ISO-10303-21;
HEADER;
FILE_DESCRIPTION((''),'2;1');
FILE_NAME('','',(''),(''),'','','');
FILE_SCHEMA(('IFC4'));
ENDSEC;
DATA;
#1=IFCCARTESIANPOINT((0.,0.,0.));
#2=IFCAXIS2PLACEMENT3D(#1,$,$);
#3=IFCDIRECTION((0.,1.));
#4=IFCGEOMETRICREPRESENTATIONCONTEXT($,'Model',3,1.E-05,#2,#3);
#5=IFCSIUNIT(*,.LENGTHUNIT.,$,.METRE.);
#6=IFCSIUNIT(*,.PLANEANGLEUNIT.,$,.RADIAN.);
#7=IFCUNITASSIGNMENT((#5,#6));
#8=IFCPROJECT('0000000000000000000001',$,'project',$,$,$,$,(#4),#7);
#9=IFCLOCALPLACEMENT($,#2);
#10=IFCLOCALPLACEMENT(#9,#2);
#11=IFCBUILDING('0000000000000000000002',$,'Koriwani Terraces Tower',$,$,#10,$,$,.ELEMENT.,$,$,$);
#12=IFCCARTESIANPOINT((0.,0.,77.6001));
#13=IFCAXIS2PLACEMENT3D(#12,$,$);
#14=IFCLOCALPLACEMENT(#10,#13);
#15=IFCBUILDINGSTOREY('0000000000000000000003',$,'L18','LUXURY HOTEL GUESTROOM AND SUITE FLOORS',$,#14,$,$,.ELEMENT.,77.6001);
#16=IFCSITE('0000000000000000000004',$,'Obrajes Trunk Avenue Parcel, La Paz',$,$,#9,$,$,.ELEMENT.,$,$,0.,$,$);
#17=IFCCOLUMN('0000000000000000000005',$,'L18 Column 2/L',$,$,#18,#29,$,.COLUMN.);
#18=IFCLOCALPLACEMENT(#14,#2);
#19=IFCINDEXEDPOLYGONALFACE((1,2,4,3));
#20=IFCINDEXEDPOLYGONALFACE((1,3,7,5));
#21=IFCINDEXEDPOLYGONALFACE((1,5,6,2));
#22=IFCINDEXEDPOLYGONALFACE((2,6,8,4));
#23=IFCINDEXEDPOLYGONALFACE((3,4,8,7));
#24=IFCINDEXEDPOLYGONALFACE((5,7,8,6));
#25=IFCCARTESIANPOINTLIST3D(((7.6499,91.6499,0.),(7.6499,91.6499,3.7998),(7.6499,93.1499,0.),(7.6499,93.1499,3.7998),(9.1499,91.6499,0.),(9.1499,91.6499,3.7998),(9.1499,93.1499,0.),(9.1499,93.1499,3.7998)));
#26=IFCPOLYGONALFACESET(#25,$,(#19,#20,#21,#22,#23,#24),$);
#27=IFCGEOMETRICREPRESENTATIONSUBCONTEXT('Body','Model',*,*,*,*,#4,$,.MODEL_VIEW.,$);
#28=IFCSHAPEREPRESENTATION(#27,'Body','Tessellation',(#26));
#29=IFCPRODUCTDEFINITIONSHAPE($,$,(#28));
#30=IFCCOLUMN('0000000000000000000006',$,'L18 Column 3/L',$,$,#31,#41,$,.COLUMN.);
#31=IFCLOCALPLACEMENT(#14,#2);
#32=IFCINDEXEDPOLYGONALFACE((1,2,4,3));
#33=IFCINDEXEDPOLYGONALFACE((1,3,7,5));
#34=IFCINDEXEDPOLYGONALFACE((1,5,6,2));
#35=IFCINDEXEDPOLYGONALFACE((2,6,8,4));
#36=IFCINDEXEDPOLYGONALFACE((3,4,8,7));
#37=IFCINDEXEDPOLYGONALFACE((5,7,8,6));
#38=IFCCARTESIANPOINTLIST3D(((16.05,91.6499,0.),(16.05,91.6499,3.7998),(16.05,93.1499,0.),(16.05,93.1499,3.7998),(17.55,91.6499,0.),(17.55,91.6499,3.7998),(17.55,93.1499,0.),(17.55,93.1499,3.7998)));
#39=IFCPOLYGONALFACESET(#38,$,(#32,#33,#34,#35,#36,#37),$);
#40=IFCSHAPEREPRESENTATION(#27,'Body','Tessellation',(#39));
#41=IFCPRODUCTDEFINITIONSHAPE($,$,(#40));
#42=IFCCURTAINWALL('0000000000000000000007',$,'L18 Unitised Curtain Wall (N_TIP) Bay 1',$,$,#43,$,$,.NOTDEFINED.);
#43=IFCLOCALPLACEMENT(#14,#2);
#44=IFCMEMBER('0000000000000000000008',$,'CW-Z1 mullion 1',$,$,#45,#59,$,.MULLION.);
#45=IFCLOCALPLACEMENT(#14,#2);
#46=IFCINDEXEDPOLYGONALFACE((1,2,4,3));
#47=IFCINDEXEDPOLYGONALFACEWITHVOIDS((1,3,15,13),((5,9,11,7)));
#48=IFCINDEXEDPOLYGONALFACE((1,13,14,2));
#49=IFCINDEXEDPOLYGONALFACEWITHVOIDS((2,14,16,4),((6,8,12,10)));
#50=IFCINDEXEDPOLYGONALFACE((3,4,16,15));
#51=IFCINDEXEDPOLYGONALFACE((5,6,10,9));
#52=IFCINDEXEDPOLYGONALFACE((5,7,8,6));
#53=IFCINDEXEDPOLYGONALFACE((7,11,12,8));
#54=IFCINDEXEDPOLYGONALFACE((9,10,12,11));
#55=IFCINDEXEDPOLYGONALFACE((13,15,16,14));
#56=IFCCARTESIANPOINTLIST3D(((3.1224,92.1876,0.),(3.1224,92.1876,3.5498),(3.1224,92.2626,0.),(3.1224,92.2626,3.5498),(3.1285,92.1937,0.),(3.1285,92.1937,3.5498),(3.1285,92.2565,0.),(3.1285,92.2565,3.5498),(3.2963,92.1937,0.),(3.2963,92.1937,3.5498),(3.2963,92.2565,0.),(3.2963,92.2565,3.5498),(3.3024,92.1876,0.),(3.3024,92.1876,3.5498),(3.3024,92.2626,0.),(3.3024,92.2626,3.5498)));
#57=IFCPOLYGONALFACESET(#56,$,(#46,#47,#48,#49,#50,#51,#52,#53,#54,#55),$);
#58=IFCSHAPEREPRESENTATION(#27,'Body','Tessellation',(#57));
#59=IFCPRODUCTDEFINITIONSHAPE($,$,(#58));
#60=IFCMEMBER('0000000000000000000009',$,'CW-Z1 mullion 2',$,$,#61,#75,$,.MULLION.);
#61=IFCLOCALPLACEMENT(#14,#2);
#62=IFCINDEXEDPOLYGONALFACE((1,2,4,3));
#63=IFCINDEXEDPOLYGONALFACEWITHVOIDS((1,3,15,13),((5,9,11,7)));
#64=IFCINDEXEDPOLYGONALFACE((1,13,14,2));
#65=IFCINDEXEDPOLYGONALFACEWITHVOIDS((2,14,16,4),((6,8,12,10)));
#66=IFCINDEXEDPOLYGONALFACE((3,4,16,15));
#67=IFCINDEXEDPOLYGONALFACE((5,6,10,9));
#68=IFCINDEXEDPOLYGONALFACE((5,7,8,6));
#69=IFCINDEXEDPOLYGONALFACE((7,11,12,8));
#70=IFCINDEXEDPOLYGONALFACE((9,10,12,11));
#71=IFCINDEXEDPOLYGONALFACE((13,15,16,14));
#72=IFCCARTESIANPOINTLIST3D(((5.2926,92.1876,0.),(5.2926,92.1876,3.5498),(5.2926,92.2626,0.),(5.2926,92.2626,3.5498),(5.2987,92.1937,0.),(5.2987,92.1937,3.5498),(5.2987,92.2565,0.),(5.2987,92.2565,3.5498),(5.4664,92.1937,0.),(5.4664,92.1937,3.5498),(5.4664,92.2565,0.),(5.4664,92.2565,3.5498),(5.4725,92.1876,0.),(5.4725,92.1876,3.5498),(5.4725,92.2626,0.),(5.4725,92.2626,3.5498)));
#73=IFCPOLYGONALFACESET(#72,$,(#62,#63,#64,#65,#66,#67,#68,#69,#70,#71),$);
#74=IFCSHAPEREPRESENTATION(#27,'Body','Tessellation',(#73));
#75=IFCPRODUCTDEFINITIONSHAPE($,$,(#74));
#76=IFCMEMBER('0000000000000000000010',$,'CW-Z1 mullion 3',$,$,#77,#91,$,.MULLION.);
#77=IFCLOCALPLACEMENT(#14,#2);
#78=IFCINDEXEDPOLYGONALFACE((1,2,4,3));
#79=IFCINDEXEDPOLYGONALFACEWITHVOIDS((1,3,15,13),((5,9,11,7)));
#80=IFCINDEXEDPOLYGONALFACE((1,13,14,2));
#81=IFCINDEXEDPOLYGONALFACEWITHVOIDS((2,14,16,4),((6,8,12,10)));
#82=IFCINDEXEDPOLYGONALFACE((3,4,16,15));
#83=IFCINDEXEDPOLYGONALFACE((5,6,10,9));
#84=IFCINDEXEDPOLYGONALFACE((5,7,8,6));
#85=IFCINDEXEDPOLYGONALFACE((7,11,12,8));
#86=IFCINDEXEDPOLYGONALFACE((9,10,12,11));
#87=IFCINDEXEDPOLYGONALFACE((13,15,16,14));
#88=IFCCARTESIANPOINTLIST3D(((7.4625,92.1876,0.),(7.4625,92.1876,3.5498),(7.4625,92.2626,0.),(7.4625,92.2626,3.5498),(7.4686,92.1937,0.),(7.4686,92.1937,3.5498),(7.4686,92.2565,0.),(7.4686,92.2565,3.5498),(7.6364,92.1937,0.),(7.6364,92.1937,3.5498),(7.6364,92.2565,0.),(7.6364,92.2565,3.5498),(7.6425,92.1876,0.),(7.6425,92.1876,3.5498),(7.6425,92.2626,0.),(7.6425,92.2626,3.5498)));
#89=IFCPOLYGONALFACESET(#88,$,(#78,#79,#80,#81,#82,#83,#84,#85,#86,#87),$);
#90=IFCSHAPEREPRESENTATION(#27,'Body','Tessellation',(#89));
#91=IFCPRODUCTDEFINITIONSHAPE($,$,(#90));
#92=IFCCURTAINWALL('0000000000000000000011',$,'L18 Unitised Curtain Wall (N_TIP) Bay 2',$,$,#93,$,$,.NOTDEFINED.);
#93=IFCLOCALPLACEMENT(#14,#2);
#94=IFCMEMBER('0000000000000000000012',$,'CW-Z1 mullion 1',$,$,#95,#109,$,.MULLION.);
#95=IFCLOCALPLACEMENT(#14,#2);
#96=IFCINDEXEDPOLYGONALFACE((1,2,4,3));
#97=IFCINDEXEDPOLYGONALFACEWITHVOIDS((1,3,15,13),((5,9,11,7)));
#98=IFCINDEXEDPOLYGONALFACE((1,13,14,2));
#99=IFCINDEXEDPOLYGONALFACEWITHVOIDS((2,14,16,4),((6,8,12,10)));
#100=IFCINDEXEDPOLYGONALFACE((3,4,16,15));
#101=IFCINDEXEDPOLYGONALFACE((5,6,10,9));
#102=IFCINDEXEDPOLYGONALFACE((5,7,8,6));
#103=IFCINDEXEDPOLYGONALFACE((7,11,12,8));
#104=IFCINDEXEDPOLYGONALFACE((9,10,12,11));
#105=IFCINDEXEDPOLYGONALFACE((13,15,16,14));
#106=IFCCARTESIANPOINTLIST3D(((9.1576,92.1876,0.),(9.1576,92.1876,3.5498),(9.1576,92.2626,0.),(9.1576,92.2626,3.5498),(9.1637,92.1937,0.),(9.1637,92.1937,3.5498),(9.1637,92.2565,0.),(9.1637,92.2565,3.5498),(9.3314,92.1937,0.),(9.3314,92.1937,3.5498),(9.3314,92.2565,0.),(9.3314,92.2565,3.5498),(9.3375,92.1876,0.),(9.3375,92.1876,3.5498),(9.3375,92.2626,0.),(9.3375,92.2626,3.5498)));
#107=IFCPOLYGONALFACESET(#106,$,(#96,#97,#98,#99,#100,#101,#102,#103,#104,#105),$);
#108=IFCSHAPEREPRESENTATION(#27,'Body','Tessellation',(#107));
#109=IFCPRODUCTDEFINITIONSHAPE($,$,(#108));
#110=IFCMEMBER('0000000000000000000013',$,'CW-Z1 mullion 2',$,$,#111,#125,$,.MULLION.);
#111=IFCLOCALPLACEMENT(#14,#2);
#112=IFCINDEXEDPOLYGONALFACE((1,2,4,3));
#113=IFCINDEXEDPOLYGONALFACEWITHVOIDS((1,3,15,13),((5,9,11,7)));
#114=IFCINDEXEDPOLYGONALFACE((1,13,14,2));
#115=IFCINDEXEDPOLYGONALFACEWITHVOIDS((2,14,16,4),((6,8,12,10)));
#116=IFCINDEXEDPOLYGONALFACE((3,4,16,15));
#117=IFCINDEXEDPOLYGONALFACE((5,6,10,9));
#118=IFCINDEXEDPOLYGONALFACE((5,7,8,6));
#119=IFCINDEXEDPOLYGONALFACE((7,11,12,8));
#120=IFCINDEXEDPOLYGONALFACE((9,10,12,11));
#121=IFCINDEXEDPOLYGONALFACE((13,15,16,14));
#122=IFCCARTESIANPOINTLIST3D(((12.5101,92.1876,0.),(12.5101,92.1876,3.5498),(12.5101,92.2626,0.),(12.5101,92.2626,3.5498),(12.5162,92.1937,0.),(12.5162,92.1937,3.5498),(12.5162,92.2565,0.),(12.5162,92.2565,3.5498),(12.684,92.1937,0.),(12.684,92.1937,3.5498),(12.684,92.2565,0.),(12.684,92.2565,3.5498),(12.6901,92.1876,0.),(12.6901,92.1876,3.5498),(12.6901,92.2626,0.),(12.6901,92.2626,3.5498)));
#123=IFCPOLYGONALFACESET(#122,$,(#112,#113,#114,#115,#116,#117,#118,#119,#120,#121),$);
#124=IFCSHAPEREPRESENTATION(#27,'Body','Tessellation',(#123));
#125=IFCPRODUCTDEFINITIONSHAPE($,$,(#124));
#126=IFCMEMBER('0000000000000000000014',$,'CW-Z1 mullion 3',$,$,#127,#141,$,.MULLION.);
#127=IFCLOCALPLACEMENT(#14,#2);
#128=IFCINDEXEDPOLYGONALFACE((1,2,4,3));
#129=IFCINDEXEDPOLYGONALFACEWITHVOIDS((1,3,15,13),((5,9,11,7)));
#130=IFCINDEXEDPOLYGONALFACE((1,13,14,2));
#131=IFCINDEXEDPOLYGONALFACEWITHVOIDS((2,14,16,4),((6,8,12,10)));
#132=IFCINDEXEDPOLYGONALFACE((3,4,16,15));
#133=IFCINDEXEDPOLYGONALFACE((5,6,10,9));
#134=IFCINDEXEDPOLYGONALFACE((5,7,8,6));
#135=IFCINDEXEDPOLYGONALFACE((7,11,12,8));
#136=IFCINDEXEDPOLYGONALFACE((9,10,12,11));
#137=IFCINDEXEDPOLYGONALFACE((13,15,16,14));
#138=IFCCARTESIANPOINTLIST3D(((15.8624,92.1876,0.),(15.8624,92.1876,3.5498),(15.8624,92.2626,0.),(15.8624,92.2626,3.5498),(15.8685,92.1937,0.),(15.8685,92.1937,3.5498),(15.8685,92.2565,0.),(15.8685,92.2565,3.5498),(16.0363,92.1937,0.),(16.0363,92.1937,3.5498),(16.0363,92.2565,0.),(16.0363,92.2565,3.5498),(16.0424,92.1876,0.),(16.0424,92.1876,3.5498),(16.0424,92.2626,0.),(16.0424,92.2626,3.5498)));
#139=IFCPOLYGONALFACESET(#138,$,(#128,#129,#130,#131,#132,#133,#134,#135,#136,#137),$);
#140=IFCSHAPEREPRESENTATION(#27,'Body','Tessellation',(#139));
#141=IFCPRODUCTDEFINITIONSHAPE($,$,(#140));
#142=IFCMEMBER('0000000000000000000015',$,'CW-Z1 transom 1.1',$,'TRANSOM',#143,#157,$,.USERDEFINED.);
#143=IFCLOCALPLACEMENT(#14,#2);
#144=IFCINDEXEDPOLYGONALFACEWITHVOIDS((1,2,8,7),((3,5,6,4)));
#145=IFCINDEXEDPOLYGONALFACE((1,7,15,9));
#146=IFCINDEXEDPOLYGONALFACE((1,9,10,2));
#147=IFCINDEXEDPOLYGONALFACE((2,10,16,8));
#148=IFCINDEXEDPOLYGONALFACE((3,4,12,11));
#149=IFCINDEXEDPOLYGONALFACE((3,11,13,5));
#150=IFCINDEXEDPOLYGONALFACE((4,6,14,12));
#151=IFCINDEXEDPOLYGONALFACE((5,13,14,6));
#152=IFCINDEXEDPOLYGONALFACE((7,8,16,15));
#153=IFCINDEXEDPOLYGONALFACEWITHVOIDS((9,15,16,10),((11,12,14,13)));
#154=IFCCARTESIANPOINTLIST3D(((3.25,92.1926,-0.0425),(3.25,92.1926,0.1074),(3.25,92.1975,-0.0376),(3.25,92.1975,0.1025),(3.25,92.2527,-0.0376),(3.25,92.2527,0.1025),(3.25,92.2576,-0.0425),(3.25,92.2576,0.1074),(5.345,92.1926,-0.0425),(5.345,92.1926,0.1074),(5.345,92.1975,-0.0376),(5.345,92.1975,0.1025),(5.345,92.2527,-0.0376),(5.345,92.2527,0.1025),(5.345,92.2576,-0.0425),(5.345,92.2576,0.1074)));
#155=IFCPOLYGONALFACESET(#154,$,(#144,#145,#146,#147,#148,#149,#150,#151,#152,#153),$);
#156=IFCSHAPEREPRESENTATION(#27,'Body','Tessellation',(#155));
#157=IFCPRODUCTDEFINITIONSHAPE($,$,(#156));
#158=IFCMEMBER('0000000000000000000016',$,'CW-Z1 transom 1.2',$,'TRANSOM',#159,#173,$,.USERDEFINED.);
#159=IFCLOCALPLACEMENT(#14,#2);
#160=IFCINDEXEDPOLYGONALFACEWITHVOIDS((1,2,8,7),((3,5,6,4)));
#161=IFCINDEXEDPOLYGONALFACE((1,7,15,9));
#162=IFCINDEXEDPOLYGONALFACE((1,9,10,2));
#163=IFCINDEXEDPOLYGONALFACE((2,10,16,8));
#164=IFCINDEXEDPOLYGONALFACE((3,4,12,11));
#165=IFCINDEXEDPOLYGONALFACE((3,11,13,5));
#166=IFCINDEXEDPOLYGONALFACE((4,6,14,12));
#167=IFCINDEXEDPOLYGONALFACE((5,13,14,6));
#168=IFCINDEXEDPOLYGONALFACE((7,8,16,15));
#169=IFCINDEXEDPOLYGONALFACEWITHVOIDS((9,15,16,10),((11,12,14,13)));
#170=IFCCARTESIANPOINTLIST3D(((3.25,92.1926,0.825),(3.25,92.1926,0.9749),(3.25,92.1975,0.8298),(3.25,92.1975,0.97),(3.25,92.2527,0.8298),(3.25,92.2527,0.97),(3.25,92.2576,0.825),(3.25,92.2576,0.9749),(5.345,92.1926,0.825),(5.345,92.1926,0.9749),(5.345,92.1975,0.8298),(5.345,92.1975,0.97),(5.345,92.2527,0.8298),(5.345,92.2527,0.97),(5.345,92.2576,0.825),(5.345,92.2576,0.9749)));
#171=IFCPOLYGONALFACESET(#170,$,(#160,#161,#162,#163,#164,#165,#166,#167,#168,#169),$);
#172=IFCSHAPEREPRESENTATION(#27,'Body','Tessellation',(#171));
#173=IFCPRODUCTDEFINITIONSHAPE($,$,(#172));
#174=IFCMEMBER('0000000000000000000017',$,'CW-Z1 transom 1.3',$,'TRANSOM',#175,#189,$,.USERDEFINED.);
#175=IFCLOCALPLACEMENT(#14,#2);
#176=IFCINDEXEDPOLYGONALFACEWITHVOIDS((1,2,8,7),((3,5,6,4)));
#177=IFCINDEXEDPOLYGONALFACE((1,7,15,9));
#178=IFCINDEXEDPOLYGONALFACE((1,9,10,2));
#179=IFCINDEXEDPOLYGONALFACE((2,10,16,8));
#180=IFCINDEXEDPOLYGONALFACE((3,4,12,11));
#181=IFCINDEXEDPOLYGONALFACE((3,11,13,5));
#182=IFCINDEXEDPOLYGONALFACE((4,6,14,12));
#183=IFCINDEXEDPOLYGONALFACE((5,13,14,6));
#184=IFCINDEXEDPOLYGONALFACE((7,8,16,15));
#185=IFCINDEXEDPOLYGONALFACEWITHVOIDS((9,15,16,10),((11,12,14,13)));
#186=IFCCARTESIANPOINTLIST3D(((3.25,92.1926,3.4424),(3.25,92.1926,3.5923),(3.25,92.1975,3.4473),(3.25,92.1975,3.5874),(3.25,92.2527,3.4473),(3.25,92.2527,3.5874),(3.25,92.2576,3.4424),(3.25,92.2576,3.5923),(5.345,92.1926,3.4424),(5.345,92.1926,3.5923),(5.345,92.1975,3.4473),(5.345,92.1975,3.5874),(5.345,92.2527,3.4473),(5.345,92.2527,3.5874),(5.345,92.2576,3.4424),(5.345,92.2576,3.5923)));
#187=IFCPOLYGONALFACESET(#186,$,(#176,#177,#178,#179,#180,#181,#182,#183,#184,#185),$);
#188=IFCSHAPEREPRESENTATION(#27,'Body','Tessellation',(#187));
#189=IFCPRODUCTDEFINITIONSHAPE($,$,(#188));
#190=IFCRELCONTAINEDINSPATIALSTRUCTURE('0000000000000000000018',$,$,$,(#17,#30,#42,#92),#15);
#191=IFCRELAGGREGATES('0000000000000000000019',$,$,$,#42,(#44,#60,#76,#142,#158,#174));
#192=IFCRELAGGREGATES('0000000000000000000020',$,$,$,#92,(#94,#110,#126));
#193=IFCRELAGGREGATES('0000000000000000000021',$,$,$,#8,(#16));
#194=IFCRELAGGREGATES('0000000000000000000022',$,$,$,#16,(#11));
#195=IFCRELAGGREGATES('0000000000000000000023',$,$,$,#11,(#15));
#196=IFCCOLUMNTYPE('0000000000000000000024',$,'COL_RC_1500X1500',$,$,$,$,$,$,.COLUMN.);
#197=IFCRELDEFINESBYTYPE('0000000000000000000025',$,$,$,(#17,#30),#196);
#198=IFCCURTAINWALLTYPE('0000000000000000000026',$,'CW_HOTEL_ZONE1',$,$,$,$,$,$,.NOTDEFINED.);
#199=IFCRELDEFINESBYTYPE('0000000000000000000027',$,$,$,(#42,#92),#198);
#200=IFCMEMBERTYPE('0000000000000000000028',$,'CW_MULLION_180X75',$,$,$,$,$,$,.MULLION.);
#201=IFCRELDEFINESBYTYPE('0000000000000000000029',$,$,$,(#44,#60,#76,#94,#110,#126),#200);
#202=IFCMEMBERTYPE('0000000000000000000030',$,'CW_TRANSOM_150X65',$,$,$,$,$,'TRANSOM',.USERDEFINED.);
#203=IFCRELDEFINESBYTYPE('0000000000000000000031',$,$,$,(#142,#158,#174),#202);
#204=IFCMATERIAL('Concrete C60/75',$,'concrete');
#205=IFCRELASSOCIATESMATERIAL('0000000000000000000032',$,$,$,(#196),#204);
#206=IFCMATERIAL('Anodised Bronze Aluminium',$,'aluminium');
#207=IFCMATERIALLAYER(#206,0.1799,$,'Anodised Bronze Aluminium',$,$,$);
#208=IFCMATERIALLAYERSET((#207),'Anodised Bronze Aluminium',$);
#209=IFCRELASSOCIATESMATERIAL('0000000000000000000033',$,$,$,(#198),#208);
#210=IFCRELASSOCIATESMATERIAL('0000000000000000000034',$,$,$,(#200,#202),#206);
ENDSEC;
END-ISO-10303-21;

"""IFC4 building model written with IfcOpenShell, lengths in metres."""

from ifc_helpers import new_model, si_unit, direction, frame, origin, origin_2d, place, context, subcontext, project, spatial, rectangle, hollow_rectangle, extrude, material, layer, layer_set, material_profile, profile_set, type_object, element, aggregate, save


model = new_model("IFC4")

# Units and contexts
model_context = context("Model", 3, precision=1e-05, world=origin(), true_north=direction((0.0, 1.0)))
body_context = subcontext(model_context, "Body", "Model", "MODEL_VIEW")
ifc_project = project(units=[si_unit("LENGTHUNIT", "METRE"), si_unit("PLANEANGLEUNIT", "RADIAN")], contexts=[model_context])

# Site, building, storey
site_placement = place(None, origin())
site = spatial("IfcSite", under=ifc_project, at=site_placement, Name="Obrajes Trunk Avenue Parcel, La Paz", CompositionType="ELEMENT", RefElevation=0.0)
building_placement = place(site_placement, origin())
building = spatial("IfcBuilding", under=site, at=building_placement, Name="Koriwani Terraces Tower", CompositionType="ELEMENT")
storey_placement = place(building_placement, frame((0.0, 0.0, 77.6001)))
storey = spatial("IfcBuildingStorey", under=building, at=storey_placement, Name="L18", Description="LUXURY HOTEL GUESTROOM AND SUITE FLOORS", CompositionType="ELEMENT", Elevation=77.6001)

# Columns
ifc_material_1 = material(Name="Concrete C60/75", Category="concrete")
ifc_material_profile_1 = material_profile(ifc_material_1, rectangle(XDim=1.5, YDim=1.5, at=origin_2d()), Name="Concrete C60/75", Category="LoadBearing")
ifc_profile_set_1 = profile_set([ifc_material_profile_1], Name="Concrete C60/75")
column_type = type_object("IfcColumnType", Name="COL_RC_1500X1500", PredefinedType="COLUMN", material=ifc_profile_set_1)
for number, where, z_axis, x_axis, name in (
    (1, (8.3999, 92.3999, 0.0), (0.0, 0.0, 1.0), (1.0, 0.0, 0.0), "L18 Column 2/L"),
    (2, (16.8, 92.3999, 0.0), (0.0, 0.0, 1.0), (1.0, 0.0, 0.0), "L18 Column 3/L"),
):
    element("IfcColumn", number, at=place(storey_placement, frame(where, z_axis=z_axis, x_axis=x_axis)), inside=storey, type_object=column_type, Name=name, PredefinedType="COLUMN", context=body_context, shape_type="SweptSolid", body=[
        extrude(rectangle(XDim=1.5, YDim=1.5, at=origin_2d()), origin(), (0.0, 0.0, 1.0), 3.7998),
    ])

# Curtain walls, members
ifc_material_2 = material(Name="Anodised Bronze Aluminium", Category="aluminium")
ifc_layer_1 = layer(ifc_material_2, 0.1799, Name="Anodised Bronze Aluminium")
ifc_layer_set_1 = layer_set([ifc_layer_1], Name="Anodised Bronze Aluminium")
curtain_wall_type = type_object("IfcCurtainWallType", Name="CW_HOTEL_ZONE1", PredefinedType="NOTDEFINED", material=ifc_layer_set_1)
curtain_wall_1_placement = place(storey_placement, origin())
curtain_wall_1 = element("IfcCurtainWall", 3, at=curtain_wall_1_placement, inside=storey, type_object=curtain_wall_type, Name="L18 Unitised Curtain Wall (N_TIP) Bay 1", PredefinedType="NOTDEFINED")
ifc_material_profile_2 = material_profile(ifc_material_2, hollow_rectangle(XDim=0.075, YDim=0.1799, WallThickness=0.0061, at=origin_2d()), Name="Anodised Bronze Aluminium", Category="LoadBearing")
ifc_profile_set_2 = profile_set([ifc_material_profile_2], Name="Anodised Bronze Aluminium")
member_type_1 = type_object("IfcMemberType", Name="CW_MULLION_180X75", PredefinedType="MULLION", material=ifc_profile_set_2)
member_1_placement = place(storey_placement, frame((3.2124, 92.2251, 0.0), z_axis=(0.0, 0.0, 1.0), x_axis=(0.0, 1.0, 0.0)))
member_1 = element("IfcMember", 4, at=member_1_placement, type_object=member_type_1, Name="CW-Z1 mullion 1", PredefinedType="MULLION", context=body_context, shape_type="SweptSolid", body=[
    extrude(hollow_rectangle(XDim=0.075, YDim=0.1799, WallThickness=0.0061, at=origin_2d()), origin(), (0.0, 0.0, 1.0), 3.5498),
])
member_2_placement = place(storey_placement, frame((5.3826, 92.2251, 0.0), z_axis=(0.0, 0.0, 1.0), x_axis=(0.0, 1.0, 0.0)))
member_2 = element("IfcMember", 5, at=member_2_placement, type_object=member_type_1, Name="CW-Z1 mullion 2", PredefinedType="MULLION", context=body_context, shape_type="SweptSolid", body=[
    extrude(hollow_rectangle(XDim=0.075, YDim=0.1799, WallThickness=0.0061, at=origin_2d()), origin(), (0.0, 0.0, 1.0), 3.5498),
])
member_3_placement = place(storey_placement, frame((7.5525, 92.2251, 0.0), z_axis=(0.0, 0.0, 1.0), x_axis=(0.0, 1.0, 0.0)))
member_3 = element("IfcMember", 6, at=member_3_placement, type_object=member_type_1, Name="CW-Z1 mullion 3", PredefinedType="MULLION", context=body_context, shape_type="SweptSolid", body=[
    extrude(hollow_rectangle(XDim=0.075, YDim=0.1799, WallThickness=0.0061, at=origin_2d()), origin(), (0.0, 0.0, 1.0), 3.5498),
])
curtain_wall_2_placement = place(storey_placement, origin())
curtain_wall_2 = element("IfcCurtainWall", 7, at=curtain_wall_2_placement, inside=storey, type_object=curtain_wall_type, Name="L18 Unitised Curtain Wall (N_TIP) Bay 2", PredefinedType="NOTDEFINED")
member_4_placement = place(storey_placement, frame((9.2476, 92.2251, 0.0), z_axis=(0.0, 0.0, 1.0), x_axis=(0.0, 1.0, 0.0)))
member_4 = element("IfcMember", 8, at=member_4_placement, type_object=member_type_1, Name="CW-Z1 mullion 1", PredefinedType="MULLION", context=body_context, shape_type="SweptSolid", body=[
    extrude(hollow_rectangle(XDim=0.075, YDim=0.1799, WallThickness=0.0061, at=origin_2d()), origin(), (0.0, 0.0, 1.0), 3.5498),
])
member_5_placement = place(storey_placement, frame((12.6001, 92.2251, 0.0), z_axis=(0.0, 0.0, 1.0), x_axis=(0.0, 1.0, 0.0)))
member_5 = element("IfcMember", 9, at=member_5_placement, type_object=member_type_1, Name="CW-Z1 mullion 2", PredefinedType="MULLION", context=body_context, shape_type="SweptSolid", body=[
    extrude(hollow_rectangle(XDim=0.075, YDim=0.1799, WallThickness=0.0061, at=origin_2d()), origin(), (0.0, 0.0, 1.0), 3.5498),
])
member_6_placement = place(storey_placement, frame((15.9524, 92.2251, 0.0), z_axis=(0.0, 0.0, 1.0), x_axis=(0.0, 1.0, 0.0)))
member_6 = element("IfcMember", 10, at=member_6_placement, type_object=member_type_1, Name="CW-Z1 mullion 3", PredefinedType="MULLION", context=body_context, shape_type="SweptSolid", body=[
    extrude(hollow_rectangle(XDim=0.075, YDim=0.1799, WallThickness=0.0061, at=origin_2d()), origin(), (0.0, 0.0, 1.0), 3.5498),
])

# Members
ifc_material_profile_3 = material_profile(ifc_material_2, hollow_rectangle(XDim=0.0649, YDim=0.1499, WallThickness=0.0049, at=origin_2d()), Name="Anodised Bronze Aluminium", Category="LoadBearing")
ifc_profile_set_3 = profile_set([ifc_material_profile_3], Name="Anodised Bronze Aluminium")
member_type_2 = type_object("IfcMemberType", Name="CW_TRANSOM_150X65", ElementType="TRANSOM", PredefinedType="USERDEFINED", material=ifc_profile_set_3)
member_7_placement = place(storey_placement, frame((3.25, 92.2251, 0.0325), z_axis=(1.0, 0.0, 0.0), x_axis=(0.0, 1.0, 0.0)))
member_7 = element("IfcMember", 11, at=member_7_placement, type_object=member_type_2, Name="CW-Z1 transom 1.1", ObjectType="TRANSOM", PredefinedType="USERDEFINED", context=body_context, shape_type="SweptSolid", body=[
    extrude(hollow_rectangle(XDim=0.0649, YDim=0.1499, WallThickness=0.0049, at=origin_2d()), origin(), (0.0, 0.0, 1.0), 2.095),
])
member_8_placement = place(storey_placement, frame((3.25, 92.2251, 0.8999), z_axis=(1.0, 0.0, 0.0), x_axis=(0.0, 1.0, 0.0)))
member_8 = element("IfcMember", 12, at=member_8_placement, type_object=member_type_2, Name="CW-Z1 transom 1.2", ObjectType="TRANSOM", PredefinedType="USERDEFINED", context=body_context, shape_type="SweptSolid", body=[
    extrude(hollow_rectangle(XDim=0.0649, YDim=0.1499, WallThickness=0.0049, at=origin_2d()), origin(), (0.0, 0.0, 1.0), 2.095),
])
member_9_placement = place(storey_placement, frame((3.25, 92.2251, 3.5173), z_axis=(1.0, 0.0, 0.0), x_axis=(0.0, 1.0, 0.0)))
member_9 = element("IfcMember", 13, at=member_9_placement, type_object=member_type_2, Name="CW-Z1 transom 1.3", ObjectType="TRANSOM", PredefinedType="USERDEFINED", context=body_context, shape_type="SweptSolid", body=[
    extrude(hollow_rectangle(XDim=0.0649, YDim=0.1499, WallThickness=0.0049, at=origin_2d()), origin(), (0.0, 0.0, 1.0), 2.095),
])

aggregate(curtain_wall_1, [member_1, member_2, member_3, member_7, member_8, member_9])
aggregate(curtain_wall_2, [member_4, member_5, member_6])

save(model, "model.ifc")
